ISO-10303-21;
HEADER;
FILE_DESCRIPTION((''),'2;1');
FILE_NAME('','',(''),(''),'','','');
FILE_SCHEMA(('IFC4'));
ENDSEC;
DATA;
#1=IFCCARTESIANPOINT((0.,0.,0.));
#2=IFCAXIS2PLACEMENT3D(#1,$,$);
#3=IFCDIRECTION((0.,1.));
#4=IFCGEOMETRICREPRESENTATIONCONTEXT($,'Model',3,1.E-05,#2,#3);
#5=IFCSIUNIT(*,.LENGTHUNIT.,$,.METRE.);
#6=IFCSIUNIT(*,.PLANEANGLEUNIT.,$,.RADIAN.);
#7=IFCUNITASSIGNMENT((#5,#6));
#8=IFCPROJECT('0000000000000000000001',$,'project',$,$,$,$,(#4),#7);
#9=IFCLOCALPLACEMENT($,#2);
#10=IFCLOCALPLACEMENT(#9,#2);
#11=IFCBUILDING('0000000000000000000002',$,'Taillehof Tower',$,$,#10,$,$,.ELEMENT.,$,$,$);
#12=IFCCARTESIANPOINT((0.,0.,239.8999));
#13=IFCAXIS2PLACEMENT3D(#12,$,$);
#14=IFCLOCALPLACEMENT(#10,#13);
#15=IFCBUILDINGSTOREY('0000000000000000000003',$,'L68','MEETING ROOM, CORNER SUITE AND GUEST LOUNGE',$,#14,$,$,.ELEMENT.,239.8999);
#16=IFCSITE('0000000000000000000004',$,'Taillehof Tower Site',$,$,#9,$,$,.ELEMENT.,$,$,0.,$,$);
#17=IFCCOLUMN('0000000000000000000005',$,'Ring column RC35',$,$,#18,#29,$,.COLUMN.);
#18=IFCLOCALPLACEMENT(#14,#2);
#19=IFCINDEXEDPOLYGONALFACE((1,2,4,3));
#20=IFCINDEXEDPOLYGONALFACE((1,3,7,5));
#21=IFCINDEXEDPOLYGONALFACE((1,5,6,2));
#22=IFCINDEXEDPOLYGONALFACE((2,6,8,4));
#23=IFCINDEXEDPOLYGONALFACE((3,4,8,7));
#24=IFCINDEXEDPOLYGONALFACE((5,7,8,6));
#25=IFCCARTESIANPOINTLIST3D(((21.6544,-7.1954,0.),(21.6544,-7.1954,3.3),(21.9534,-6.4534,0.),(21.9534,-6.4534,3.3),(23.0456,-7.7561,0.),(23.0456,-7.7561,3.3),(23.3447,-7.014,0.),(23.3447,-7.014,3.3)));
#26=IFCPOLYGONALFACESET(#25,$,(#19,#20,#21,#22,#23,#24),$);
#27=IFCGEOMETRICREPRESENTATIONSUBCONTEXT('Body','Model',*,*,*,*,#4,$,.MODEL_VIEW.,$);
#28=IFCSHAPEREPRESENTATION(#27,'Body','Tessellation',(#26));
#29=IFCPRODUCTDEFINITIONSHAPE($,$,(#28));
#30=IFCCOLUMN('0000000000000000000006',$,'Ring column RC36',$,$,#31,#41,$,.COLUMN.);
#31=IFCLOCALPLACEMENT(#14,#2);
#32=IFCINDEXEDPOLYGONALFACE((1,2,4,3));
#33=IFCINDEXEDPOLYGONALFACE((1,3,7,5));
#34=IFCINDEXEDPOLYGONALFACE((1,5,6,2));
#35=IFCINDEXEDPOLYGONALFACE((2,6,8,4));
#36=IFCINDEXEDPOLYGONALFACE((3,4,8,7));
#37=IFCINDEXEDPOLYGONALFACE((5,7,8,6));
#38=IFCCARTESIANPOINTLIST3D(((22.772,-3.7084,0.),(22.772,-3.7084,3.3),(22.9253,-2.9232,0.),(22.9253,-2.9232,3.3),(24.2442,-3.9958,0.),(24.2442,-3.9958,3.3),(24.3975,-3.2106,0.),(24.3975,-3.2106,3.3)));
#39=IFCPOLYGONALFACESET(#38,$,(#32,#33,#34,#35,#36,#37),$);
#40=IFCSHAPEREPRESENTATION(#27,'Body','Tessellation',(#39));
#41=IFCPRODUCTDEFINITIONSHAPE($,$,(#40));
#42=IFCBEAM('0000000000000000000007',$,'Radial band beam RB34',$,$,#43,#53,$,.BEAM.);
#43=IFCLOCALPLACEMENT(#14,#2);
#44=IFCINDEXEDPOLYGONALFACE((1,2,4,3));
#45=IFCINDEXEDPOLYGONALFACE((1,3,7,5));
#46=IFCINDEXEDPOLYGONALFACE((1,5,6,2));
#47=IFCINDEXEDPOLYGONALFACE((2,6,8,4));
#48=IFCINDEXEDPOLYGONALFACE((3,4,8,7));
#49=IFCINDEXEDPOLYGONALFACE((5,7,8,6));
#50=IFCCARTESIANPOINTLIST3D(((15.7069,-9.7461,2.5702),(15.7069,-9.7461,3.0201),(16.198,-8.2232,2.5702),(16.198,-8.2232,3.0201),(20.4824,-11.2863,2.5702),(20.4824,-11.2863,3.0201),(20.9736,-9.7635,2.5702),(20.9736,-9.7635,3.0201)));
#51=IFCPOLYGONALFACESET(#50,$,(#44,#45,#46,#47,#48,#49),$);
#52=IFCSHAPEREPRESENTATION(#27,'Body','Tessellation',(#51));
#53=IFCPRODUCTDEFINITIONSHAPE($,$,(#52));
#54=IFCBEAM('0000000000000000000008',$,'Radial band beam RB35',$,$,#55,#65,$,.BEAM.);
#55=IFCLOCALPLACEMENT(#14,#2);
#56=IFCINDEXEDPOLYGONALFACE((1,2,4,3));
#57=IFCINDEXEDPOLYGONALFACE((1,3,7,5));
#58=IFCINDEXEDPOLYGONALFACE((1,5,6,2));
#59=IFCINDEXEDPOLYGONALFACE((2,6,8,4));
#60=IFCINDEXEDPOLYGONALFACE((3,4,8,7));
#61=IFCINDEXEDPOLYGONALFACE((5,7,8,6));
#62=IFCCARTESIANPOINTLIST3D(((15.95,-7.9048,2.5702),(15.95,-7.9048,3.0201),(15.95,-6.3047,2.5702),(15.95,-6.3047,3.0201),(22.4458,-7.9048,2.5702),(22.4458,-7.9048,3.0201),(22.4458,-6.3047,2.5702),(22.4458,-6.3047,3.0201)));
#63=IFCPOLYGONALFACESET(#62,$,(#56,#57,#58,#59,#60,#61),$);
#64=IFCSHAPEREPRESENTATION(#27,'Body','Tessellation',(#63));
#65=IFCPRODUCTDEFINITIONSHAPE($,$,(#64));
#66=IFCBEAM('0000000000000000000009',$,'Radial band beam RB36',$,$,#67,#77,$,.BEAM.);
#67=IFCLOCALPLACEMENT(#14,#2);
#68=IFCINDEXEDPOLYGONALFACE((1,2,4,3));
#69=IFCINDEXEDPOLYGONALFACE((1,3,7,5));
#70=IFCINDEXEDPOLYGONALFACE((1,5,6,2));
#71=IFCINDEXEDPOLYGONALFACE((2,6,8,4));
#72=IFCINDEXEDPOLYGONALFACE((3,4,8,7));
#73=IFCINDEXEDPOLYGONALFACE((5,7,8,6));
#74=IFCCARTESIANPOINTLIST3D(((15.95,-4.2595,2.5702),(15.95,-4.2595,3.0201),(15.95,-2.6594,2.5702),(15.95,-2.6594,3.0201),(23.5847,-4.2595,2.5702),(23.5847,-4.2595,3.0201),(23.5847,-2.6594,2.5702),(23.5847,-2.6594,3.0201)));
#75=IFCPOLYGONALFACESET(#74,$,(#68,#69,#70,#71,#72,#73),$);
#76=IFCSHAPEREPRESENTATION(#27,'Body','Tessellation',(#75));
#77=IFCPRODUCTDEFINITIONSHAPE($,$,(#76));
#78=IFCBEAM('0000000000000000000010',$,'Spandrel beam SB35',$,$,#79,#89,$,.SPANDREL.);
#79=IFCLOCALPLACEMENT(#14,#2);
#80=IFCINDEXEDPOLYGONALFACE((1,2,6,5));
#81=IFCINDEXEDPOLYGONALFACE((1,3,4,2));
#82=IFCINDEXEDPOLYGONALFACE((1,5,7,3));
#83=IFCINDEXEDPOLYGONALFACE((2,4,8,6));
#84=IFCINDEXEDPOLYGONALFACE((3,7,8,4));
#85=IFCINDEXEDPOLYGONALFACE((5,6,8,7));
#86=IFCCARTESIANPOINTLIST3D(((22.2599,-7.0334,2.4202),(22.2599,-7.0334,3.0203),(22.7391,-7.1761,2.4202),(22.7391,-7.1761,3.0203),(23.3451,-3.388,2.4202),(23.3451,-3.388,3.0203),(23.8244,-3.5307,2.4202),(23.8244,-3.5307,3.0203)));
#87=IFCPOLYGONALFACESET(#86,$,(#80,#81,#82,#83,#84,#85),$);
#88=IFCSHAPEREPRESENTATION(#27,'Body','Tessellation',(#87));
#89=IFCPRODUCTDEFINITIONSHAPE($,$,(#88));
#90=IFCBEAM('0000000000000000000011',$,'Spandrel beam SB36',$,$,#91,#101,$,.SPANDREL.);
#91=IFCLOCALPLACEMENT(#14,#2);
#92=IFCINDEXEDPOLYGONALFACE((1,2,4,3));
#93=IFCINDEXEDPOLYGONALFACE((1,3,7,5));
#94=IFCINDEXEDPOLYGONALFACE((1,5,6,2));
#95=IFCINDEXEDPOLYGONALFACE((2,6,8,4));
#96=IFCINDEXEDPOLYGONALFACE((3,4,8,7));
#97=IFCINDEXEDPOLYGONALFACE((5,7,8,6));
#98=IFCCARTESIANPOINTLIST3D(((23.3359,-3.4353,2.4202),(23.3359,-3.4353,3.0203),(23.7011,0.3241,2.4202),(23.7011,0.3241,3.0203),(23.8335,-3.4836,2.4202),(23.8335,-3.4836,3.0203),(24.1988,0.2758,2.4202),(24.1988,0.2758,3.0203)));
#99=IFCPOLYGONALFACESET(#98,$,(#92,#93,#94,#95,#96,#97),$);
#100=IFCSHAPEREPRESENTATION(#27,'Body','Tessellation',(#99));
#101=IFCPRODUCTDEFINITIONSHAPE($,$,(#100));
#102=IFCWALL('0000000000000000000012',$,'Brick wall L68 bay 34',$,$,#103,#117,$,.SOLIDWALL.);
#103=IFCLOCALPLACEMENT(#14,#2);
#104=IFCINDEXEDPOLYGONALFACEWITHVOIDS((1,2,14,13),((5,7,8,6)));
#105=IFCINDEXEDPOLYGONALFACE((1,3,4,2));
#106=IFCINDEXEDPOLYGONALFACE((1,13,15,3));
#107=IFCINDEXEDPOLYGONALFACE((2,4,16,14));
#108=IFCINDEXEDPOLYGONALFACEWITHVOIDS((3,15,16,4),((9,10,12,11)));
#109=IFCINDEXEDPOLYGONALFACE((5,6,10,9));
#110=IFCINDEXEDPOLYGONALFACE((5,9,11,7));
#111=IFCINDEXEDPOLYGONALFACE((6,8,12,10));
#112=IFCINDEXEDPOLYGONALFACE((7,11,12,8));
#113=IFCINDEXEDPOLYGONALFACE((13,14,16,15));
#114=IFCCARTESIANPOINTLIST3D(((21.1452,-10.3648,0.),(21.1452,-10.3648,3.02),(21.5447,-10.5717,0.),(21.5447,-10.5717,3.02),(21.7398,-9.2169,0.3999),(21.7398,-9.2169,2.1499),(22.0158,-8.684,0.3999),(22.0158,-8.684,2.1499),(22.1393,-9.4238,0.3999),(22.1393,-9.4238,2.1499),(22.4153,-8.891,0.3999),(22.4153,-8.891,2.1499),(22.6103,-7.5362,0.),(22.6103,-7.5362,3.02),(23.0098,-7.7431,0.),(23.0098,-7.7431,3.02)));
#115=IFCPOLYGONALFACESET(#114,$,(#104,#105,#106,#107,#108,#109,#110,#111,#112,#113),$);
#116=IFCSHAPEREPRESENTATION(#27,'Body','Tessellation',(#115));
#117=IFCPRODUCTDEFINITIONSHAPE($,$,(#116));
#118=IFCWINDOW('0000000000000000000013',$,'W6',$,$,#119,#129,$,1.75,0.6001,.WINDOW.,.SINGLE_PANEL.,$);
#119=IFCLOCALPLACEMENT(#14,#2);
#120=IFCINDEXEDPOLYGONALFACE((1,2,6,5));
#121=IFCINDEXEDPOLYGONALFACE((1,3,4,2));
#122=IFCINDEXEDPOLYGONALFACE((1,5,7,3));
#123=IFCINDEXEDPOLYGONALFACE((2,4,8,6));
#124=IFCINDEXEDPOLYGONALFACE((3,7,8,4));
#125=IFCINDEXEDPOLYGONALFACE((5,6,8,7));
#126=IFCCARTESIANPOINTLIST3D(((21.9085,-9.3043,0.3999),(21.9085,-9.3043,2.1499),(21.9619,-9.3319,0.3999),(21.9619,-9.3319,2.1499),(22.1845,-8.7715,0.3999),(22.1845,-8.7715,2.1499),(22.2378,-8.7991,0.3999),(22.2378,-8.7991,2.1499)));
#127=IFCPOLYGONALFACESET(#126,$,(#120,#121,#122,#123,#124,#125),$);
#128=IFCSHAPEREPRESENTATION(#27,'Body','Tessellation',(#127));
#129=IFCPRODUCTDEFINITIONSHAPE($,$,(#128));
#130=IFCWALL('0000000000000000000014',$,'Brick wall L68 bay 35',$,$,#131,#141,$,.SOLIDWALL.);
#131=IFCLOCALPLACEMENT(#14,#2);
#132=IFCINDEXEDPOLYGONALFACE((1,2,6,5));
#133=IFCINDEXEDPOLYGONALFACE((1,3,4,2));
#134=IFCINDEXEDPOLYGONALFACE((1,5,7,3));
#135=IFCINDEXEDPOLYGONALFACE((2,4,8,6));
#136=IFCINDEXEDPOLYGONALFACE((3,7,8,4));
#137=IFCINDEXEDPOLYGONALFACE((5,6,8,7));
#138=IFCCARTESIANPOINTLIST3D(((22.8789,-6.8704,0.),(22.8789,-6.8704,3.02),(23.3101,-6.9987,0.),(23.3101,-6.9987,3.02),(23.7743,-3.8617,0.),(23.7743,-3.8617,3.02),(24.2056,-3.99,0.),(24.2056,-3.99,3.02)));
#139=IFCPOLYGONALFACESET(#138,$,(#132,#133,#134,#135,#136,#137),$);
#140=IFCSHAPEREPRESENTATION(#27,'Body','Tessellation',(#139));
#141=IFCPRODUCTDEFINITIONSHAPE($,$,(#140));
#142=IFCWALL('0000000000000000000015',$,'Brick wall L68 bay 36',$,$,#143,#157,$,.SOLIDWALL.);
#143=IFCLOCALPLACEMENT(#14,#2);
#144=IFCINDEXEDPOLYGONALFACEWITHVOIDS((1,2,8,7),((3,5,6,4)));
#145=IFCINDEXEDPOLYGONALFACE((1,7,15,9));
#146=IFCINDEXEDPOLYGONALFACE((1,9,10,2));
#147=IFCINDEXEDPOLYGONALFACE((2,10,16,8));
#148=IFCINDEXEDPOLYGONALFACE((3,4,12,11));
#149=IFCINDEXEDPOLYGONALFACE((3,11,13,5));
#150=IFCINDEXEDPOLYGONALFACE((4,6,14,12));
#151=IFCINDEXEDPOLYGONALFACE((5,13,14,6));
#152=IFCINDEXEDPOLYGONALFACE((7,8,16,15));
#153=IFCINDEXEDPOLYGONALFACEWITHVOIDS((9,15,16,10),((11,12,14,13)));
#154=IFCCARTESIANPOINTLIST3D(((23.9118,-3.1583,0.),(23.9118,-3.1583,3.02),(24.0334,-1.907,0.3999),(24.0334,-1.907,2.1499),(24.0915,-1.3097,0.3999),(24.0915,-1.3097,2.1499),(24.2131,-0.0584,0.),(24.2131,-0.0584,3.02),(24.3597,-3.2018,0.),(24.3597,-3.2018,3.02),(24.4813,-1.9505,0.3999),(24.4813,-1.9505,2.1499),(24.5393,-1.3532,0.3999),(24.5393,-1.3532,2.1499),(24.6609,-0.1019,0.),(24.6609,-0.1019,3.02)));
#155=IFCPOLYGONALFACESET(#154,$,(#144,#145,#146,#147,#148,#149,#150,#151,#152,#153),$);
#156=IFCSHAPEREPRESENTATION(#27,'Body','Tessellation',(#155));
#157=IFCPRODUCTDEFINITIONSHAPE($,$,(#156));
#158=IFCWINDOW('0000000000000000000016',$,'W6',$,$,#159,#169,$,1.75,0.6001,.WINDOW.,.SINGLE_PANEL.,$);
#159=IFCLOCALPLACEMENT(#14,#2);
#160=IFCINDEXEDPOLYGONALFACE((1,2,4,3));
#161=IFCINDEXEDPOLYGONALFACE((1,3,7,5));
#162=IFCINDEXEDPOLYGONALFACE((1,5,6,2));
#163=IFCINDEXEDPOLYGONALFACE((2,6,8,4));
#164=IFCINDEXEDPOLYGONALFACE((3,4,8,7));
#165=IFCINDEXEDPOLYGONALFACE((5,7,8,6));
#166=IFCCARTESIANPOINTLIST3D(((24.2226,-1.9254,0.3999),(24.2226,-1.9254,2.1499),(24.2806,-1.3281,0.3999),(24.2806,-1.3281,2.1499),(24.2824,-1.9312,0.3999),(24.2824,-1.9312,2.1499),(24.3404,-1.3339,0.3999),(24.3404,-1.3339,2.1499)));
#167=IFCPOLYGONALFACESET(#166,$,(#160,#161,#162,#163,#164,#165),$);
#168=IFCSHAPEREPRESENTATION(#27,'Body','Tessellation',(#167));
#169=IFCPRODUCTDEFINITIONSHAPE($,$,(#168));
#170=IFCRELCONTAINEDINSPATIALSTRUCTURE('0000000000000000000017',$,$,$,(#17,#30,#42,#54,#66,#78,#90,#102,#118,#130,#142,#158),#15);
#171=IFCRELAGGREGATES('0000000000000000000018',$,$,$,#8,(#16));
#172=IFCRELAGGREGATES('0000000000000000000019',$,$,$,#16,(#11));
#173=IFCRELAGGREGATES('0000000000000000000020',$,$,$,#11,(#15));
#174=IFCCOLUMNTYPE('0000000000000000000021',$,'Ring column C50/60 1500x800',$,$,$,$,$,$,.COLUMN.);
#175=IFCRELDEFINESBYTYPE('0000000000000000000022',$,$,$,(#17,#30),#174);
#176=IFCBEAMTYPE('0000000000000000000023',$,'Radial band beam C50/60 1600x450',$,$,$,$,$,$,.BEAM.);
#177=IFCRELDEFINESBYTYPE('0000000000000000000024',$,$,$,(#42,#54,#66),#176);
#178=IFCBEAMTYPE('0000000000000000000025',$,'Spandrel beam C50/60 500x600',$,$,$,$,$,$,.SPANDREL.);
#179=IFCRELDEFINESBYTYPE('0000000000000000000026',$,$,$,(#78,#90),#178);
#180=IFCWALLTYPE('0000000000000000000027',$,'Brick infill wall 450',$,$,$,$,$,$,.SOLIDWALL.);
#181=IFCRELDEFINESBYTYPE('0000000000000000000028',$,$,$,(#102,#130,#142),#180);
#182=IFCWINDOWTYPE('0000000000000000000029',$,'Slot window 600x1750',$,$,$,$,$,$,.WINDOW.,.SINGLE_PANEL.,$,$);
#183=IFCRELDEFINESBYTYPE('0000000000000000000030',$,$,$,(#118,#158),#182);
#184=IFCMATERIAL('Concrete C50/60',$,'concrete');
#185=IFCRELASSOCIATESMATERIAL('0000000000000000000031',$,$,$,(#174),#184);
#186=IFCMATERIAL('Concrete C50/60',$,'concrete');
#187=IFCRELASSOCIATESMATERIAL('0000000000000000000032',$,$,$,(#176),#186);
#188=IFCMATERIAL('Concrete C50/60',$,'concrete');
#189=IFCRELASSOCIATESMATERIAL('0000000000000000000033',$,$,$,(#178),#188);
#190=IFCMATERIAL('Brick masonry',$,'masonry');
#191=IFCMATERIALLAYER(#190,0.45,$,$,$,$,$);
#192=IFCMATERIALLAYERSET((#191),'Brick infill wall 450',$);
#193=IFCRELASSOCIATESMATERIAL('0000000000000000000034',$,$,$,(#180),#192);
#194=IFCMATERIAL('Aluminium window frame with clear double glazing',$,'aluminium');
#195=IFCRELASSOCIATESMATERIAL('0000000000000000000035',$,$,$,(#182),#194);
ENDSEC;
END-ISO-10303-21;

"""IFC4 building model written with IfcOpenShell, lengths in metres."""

from ifc_helpers import new_model, si_unit, direction, frame, frame_2d, origin, origin_2d, place, context, subcontext, project, spatial, rectangle, extrude, material, layer, layer_set, material_profile, profile_set, type_object, element, fill, save


model = new_model("IFC4")

# Units and contexts
model_context = context("Model", 3, precision=1e-05, world=origin(), true_north=direction((0.0, 1.0)))
body_context = subcontext(model_context, "Body", "Model", "MODEL_VIEW")
ifc_project = project(units=[si_unit("LENGTHUNIT", "METRE"), si_unit("PLANEANGLEUNIT", "RADIAN")], contexts=[model_context])

# Site, building, storey
site_placement = place(None, origin())
site = spatial("IfcSite", under=ifc_project, at=site_placement, Name="Taillehof Tower Site", CompositionType="ELEMENT", RefElevation=0.0)
building_placement = place(site_placement, origin())
building = spatial("IfcBuilding", under=site, at=building_placement, Name="Taillehof Tower", CompositionType="ELEMENT")
storey_placement = place(building_placement, frame((0.0, 0.0, 239.8999)))
storey = spatial("IfcBuildingStorey", under=building, at=storey_placement, Name="L68", Description="MEETING ROOM, CORNER SUITE AND GUEST LOUNGE", CompositionType="ELEMENT", Elevation=239.8999)

# Columns
ifc_material_1 = material(Name="Concrete C50/60", Category="concrete")
ifc_material_profile_1 = material_profile(ifc_material_1, rectangle(XDim=1.5, YDim=0.8, at=origin_2d()), Name="RC 1500x800")
ifc_profile_set_1 = profile_set([ifc_material_profile_1], Name="Concrete C50/60")
column_type = type_object("IfcColumnType", Name="Ring column C50/60 1500x800", PredefinedType="COLUMN", material=ifc_profile_set_1)
for number, where, z_axis, x_axis, name in (
    (1, (22.4995, -7.1047, 0.0), (0.0, 0.0, 1.0), (0.927525, -0.373762, 0.0), "Ring column RC35"),
    (2, (23.5847, -3.4595, 0.0), (0.0, 0.0, 1.0), (0.981473, -0.191602, 0.0), "Ring column RC36"),
):
    element("IfcColumn", number, at=place(storey_placement, frame(where, z_axis=z_axis, x_axis=x_axis)), inside=storey, type_object=column_type, Name=name, PredefinedType="COLUMN", context=body_context, shape_type="SweptSolid", body=[
        extrude(rectangle(XDim=1.5, YDim=0.8, at=origin_2d()), origin(), (0.0, 0.0, 1.0), 3.3),
    ])

# Beams
ifc_material_2 = material(Name="Concrete C50/60", Category="concrete")
ifc_material_profile_2 = material_profile(ifc_material_2, rectangle(XDim=1.6001, YDim=0.45, at=origin_2d()), Name="RC 1600x450")
ifc_profile_set_2 = profile_set([ifc_material_profile_2], Name="Concrete C50/60")
beam_type_1 = type_object("IfcBeamType", Name="Radial band beam C50/60 1600x450", PredefinedType="BEAM", material=ifc_profile_set_2)
beam_1_placement = place(storey_placement, frame((20.728, -10.5249, 2.7952), z_axis=(-0.951723, 0.306959, 0.0), x_axis=(-0.306959, -0.951723, 0.0)))
element("IfcBeam", 3, at=beam_1_placement, inside=storey, type_object=beam_type_1, Name="Radial band beam RB34", PredefinedType="BEAM", context=body_context, shape_type="SweptSolid", body=[
    extrude(rectangle(XDim=1.6001, YDim=0.45, at=origin_2d()), origin(), (0.0, 0.0, 1.0), 5.0178),
])
beam_2_placement = place(storey_placement, frame((22.4458, -7.1047, 2.7952), z_axis=(-1.0, 0.0, 0.0), x_axis=(0.0, -1.0, 0.0)))
element("IfcBeam", 4, at=beam_2_placement, inside=storey, type_object=beam_type_1, Name="Radial band beam RB35", PredefinedType="BEAM", context=body_context, shape_type="SweptSolid", body=[
    extrude(rectangle(XDim=1.6001, YDim=0.45, at=origin_2d()), origin(), (0.0, 0.0, 1.0), 6.4958),
])
beam_3_placement = place(storey_placement, frame((23.5847, -3.4595, 2.7952), z_axis=(-1.0, 0.0, 0.0), x_axis=(0.0, -1.0, 0.0)))
element("IfcBeam", 5, at=beam_3_placement, inside=storey, type_object=beam_type_1, Name="Radial band beam RB36", PredefinedType="BEAM", context=body_context, shape_type="SweptSolid", body=[
    extrude(rectangle(XDim=1.6001, YDim=0.45, at=origin_2d()), origin(), (0.0, 0.0, 1.0), 7.6348),
])
ifc_material_3 = material(Name="Concrete C50/60", Category="concrete")
ifc_material_profile_3 = material_profile(ifc_material_3, rectangle(XDim=0.5, YDim=0.6001, at=origin_2d()), Name="RC 500x600")
ifc_profile_set_3 = profile_set([ifc_material_profile_3], Name="Concrete C50/60")
beam_type_2 = type_object("IfcBeamType", Name="Spandrel beam C50/60 500x600", PredefinedType="SPANDREL", material=ifc_profile_set_3)
beam_4_placement = place(storey_placement, frame((22.4995, -7.1047, 2.7202), z_axis=(0.285327, 0.95843, 0.0), x_axis=(-0.95843, 0.285327, 0.0)))
element("IfcBeam", 6, at=beam_4_placement, inside=storey, type_object=beam_type_2, Name="Spandrel beam SB35", PredefinedType="SPANDREL", context=body_context, shape_type="SweptSolid", body=[
    extrude(rectangle(XDim=0.5, YDim=0.6001, at=origin_2d()), origin(), (0.0, 0.0, 1.0), 3.8035),
])
beam_5_placement = place(storey_placement, frame((23.5847, -3.4595, 2.7202), z_axis=(0.096694, 0.995314, 0.0), x_axis=(-0.995314, 0.096694, 0.0)))
element("IfcBeam", 7, at=beam_5_placement, inside=storey, type_object=beam_type_2, Name="Spandrel beam SB36", PredefinedType="SPANDREL", context=body_context, shape_type="SweptSolid", body=[
    extrude(rectangle(XDim=0.5, YDim=0.6001, at=origin_2d()), origin(), (0.0, 0.0, 1.0), 3.7771),
])

# Wall, opening, window
ifc_material_4 = material(Name="Brick masonry", Category="masonry")
ifc_layer_1 = layer(ifc_material_4, 0.45)
ifc_layer_set_1 = layer_set([ifc_layer_1], Name="Brick infill wall 450")
wall_type_1 = type_object("IfcWallType", Name="Brick infill wall 450", PredefinedType="SOLIDWALL", material=ifc_layer_set_1)
wall_1_placement = place(storey_placement, frame((21.345, -10.4683, 0.0), z_axis=(0.0, 0.0, 1.0), x_axis=(0.459921, 0.88796, 0.0)))
wall_1 = element("IfcWall", 8, at=wall_1_placement, inside=storey, type_object=wall_type_1, Name="Brick wall L68 bay 34", PredefinedType="SOLIDWALL", context=body_context, shape_type="SweptSolid", body=[
    extrude(rectangle(XDim=3.1855, YDim=0.45, at=frame_2d((1.5928, 0.0))), origin(), (0.0, 0.0, 1.0), 3.02),
])
opening_1_placement = place(wall_1_placement, frame((1.2927, 0.0, 0.3999)))
opening_1 = element("IfcOpeningElement", 9, at=opening_1_placement, cuts=wall_1, PredefinedType="OPENING", context=body_context, shape_type="SweptSolid", body=[
    extrude(rectangle(XDim=0.6001, YDim=1.75, at=frame_2d((0.3, 0.875))), frame((0.0, 0.2349, 0.0), z_axis=(0.0, -1.0, 0.0), x_axis=(1.0, 0.0, 0.0)), (0.0, 0.0, 1.0), 0.47),
])
ifc_material_5 = material(Name="Aluminium window frame with clear double glazing", Category="aluminium")
window_type = type_object("IfcWindowType", Name="Slot window 600x1750", PartitioningType="SINGLE_PANEL", PredefinedType="WINDOW", material=ifc_material_5)
window_1_placement = place(opening_1_placement, origin())
window_1 = element("IfcWindow", 10, at=window_1_placement, inside=storey, type_object=window_type, Name="W6", OverallHeight=1.75, OverallWidth=0.6001, PartitioningType="SINGLE_PANEL", PredefinedType="WINDOW", context=body_context, shape_type="SweptSolid", body=[
    extrude(rectangle(XDim=0.6001, YDim=1.75, at=frame_2d((0.3, 0.875))), frame((0.0, 0.0349, 0.0), z_axis=(0.0, -1.0, 0.0), x_axis=(1.0, 0.0, 0.0)), (0.0, 0.0, 1.0), 0.0601),
])
fill(opening_1, window_1)

# Wall
wall_2_placement = place(storey_placement, frame((23.0945, -6.9346, 0.0), z_axis=(0.0, 0.0, 1.0), x_axis=(0.285264, 0.958449, 0.0)))
element("IfcWall", 11, at=wall_2_placement, inside=storey, type_object=wall_type_1, Name="Brick wall L68 bay 35", PredefinedType="SOLIDWALL", context=body_context, shape_type="SweptSolid", body=[
    extrude(rectangle(XDim=3.1392, YDim=0.45, at=frame_2d((1.5696, 0.0))), origin(), (0.0, 0.0, 1.0), 3.02),
])

# Wall, opening, window
wall_3_placement = place(storey_placement, frame((24.1357, -3.1799, 0.0), z_axis=(0.0, 0.0, 1.0), x_axis=(0.096733, 0.99531, 0.0)))
wall_3 = element("IfcWall", 12, at=wall_3_placement, inside=storey, type_object=wall_type_1, Name="Brick wall L68 bay 36", PredefinedType="SOLIDWALL", context=body_context, shape_type="SweptSolid", body=[
    extrude(rectangle(XDim=3.1145, YDim=0.45, at=frame_2d((1.5571, 0.0))), origin(), (0.0, 0.0, 1.0), 3.02),
])
opening_2_placement = place(wall_3_placement, frame((1.2571, 0.0, 0.3999)))
opening_2 = element("IfcOpeningElement", 13, at=opening_2_placement, cuts=wall_3, PredefinedType="OPENING", context=body_context, shape_type="SweptSolid", body=[
    extrude(rectangle(XDim=0.6001, YDim=1.75, at=frame_2d((0.3, 0.875))), frame((0.0, 0.2349, 0.0), z_axis=(0.0, -1.0, 0.0), x_axis=(1.0, 0.0, 0.0)), (0.0, 0.0, 1.0), 0.47),
])
window_2_placement = place(opening_2_placement, origin())
window_2 = element("IfcWindow", 14, at=window_2_placement, inside=storey, type_object=window_type, Name="W6", OverallHeight=1.75, OverallWidth=0.6001, PartitioningType="SINGLE_PANEL", PredefinedType="WINDOW", context=body_context, shape_type="SweptSolid", body=[
    extrude(rectangle(XDim=0.6001, YDim=1.75, at=frame_2d((0.3, 0.875))), frame((0.0, 0.0349, 0.0), z_axis=(0.0, -1.0, 0.0), x_axis=(1.0, 0.0, 0.0)), (0.0, 0.0, 1.0), 0.0601),
])
fill(opening_2, window_2)

save(model, "model.ifc")
